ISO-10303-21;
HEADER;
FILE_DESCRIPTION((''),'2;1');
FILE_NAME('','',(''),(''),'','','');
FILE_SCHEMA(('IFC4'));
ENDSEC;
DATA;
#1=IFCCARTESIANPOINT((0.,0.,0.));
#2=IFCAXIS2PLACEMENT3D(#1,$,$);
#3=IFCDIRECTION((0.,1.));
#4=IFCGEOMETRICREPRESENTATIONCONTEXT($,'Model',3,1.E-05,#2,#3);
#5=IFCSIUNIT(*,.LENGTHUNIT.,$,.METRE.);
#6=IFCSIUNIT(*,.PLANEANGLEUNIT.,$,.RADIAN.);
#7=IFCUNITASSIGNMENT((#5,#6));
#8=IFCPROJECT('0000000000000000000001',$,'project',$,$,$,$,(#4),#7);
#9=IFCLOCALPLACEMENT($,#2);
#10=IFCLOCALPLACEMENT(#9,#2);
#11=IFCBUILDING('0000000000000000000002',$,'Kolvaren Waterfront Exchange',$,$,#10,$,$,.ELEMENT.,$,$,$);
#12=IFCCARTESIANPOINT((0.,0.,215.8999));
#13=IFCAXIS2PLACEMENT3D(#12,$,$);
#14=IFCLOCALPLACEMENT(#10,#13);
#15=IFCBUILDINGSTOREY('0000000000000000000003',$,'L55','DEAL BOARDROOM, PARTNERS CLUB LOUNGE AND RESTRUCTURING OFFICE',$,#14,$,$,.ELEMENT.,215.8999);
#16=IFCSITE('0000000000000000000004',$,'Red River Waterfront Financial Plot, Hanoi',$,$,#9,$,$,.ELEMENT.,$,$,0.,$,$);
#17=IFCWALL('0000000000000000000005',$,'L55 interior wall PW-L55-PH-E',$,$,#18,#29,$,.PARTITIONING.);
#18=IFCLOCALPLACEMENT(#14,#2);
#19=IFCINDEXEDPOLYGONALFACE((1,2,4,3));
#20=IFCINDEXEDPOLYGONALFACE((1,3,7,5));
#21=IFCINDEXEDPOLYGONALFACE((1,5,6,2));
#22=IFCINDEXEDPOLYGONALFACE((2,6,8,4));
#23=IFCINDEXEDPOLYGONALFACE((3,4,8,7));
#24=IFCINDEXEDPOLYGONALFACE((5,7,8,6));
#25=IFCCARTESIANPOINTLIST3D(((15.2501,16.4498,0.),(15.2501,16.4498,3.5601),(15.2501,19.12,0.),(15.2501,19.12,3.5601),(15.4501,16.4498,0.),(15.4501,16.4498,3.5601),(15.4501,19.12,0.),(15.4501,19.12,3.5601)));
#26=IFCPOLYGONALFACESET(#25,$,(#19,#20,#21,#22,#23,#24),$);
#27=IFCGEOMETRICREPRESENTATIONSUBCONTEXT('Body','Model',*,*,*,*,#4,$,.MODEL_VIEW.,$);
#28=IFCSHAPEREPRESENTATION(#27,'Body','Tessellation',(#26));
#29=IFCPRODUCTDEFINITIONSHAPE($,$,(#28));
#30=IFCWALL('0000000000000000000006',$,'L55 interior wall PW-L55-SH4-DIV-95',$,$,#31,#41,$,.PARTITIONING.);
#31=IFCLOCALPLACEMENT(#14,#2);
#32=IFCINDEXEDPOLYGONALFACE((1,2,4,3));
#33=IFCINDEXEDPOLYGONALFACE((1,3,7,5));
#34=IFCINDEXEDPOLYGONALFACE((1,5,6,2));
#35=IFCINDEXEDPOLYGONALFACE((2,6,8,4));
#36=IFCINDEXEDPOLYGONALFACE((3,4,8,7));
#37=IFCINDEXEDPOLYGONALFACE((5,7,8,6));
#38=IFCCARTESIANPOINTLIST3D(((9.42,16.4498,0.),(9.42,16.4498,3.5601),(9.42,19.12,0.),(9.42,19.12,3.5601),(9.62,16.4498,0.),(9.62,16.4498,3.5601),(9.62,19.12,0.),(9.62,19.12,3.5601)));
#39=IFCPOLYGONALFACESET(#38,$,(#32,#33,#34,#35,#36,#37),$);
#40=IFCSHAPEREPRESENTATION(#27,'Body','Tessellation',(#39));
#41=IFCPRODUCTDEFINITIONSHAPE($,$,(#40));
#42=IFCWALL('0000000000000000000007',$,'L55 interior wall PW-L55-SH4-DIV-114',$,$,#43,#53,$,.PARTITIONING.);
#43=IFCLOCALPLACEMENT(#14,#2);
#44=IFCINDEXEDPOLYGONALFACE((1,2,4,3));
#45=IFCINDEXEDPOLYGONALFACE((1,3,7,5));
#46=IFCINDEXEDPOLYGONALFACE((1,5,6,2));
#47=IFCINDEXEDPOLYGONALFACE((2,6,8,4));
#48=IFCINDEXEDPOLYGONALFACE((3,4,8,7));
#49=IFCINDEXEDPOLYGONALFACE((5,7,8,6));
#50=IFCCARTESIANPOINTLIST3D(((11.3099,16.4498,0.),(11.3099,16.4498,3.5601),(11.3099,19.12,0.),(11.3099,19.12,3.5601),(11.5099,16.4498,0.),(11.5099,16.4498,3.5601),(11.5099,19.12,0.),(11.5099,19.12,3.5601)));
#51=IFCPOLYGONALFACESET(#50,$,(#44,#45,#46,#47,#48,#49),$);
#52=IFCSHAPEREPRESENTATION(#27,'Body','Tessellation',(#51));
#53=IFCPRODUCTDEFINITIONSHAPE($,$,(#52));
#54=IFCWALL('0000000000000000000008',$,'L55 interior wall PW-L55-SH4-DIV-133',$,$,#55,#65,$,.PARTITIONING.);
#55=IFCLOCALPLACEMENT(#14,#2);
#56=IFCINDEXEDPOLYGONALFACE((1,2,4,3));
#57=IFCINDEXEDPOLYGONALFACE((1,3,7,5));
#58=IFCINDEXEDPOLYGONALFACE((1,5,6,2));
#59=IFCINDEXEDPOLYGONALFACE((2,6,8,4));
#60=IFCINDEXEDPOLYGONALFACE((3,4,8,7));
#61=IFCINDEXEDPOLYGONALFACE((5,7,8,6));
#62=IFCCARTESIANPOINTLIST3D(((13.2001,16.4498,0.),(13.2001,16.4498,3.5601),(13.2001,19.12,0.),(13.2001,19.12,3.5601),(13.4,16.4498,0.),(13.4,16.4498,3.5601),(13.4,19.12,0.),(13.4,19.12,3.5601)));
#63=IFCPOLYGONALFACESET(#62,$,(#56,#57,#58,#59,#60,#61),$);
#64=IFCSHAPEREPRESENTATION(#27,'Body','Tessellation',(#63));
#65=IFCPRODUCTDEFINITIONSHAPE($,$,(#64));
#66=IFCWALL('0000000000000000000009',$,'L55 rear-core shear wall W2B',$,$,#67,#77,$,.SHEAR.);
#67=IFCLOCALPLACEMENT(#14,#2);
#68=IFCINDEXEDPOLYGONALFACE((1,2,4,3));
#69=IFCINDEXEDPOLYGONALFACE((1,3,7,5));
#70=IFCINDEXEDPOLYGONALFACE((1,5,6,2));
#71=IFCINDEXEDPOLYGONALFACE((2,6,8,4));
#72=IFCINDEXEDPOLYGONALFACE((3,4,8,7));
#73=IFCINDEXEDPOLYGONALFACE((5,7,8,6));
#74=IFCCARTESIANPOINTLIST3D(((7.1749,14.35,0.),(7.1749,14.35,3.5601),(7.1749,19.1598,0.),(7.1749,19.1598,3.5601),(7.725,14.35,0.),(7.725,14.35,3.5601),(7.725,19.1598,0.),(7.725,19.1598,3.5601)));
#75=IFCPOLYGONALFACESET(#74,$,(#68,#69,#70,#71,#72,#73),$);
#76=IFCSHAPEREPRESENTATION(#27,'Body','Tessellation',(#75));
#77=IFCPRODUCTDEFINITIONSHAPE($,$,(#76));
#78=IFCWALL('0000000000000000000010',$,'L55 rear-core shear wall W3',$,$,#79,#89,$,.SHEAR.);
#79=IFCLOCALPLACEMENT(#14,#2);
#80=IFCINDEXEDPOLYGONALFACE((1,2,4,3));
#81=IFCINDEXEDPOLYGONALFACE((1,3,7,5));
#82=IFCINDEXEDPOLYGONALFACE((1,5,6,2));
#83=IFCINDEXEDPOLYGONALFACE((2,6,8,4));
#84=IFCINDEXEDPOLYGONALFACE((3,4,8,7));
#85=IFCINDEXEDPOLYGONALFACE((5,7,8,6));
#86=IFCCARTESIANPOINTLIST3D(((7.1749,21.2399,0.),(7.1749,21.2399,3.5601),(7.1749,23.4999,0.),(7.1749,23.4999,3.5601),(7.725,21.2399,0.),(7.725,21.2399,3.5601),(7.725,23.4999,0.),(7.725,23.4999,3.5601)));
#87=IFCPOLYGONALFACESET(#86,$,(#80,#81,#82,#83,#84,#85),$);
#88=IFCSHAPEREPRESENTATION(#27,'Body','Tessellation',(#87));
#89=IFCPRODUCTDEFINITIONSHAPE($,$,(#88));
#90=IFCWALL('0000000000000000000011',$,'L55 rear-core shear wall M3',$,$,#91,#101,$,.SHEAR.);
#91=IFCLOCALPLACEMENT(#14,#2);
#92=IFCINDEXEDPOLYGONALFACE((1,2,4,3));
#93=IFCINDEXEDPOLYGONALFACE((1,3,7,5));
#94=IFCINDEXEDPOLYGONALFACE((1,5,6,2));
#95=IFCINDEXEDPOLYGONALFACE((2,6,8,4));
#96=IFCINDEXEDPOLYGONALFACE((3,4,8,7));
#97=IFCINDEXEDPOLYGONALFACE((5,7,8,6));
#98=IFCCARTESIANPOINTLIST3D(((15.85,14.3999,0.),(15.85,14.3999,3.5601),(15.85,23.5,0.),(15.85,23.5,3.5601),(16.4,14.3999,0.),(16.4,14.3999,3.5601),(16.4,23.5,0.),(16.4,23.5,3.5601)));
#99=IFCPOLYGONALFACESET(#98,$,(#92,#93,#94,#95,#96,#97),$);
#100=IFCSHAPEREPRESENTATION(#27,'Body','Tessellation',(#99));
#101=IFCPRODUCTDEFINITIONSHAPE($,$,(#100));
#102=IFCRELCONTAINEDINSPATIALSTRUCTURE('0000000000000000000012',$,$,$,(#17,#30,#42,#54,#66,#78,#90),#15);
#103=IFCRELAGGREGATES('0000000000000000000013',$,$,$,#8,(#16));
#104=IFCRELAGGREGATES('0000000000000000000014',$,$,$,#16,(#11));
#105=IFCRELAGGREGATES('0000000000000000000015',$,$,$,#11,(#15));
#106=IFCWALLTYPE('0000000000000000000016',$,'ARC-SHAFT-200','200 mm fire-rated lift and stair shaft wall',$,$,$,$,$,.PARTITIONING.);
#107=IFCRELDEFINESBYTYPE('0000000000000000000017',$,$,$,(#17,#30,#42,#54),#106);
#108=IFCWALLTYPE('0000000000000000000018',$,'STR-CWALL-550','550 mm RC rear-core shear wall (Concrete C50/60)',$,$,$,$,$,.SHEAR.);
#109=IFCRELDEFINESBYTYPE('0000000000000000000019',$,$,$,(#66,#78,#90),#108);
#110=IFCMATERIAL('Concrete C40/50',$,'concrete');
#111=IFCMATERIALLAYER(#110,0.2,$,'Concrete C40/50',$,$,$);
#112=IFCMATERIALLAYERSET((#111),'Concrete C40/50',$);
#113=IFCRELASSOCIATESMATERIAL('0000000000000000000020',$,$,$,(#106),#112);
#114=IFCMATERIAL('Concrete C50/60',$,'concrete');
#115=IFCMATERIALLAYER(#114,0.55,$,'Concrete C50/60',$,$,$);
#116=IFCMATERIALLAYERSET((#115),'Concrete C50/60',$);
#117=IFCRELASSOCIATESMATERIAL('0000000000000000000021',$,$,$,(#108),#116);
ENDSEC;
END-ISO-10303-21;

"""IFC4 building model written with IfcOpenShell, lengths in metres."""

from ifc_helpers import new_model, si_unit, direction, frame, frame_2d, origin, place, context, subcontext, project, spatial, rectangle, extrude, material, layer, layer_set, type_object, element, save


model = new_model("IFC4")

# Units and contexts
model_context = context("Model", 3, precision=1e-05, world=origin(), true_north=direction((0.0, 1.0)))
body_context = subcontext(model_context, "Body", "Model", "MODEL_VIEW")
ifc_project = project(units=[si_unit("LENGTHUNIT", "METRE"), si_unit("PLANEANGLEUNIT", "RADIAN")], contexts=[model_context])

# Site, building, storey
site_placement = place(None, origin())
site = spatial("IfcSite", under=ifc_project, at=site_placement, Name="Red River Waterfront Financial Plot, Hanoi", CompositionType="ELEMENT", RefElevation=0.0)
building_placement = place(site_placement, origin())
building = spatial("IfcBuilding", under=site, at=building_placement, Name="Kolvaren Waterfront Exchange", CompositionType="ELEMENT")
storey_placement = place(building_placement, frame((0.0, 0.0, 215.8999)))
storey = spatial("IfcBuildingStorey", under=building, at=storey_placement, Name="L55", Description="DEAL BOARDROOM, PARTNERS CLUB LOUNGE AND RESTRUCTURING OFFICE", CompositionType="ELEMENT", Elevation=215.8999)

# Walls
ifc_material_1 = material(Name="Concrete C40/50", Category="concrete")
ifc_layer_1 = layer(ifc_material_1, 0.2, Name="Concrete C40/50")
ifc_layer_set_1 = layer_set([ifc_layer_1], Name="Concrete C40/50")
wall_type_1 = type_object("IfcWallType", Name="ARC-SHAFT-200", Description="200 mm fire-rated lift and stair shaft wall", PredefinedType="PARTITIONING", material=ifc_layer_set_1)
for number, where, z_axis, x_axis, name in (
    (1, (15.3501, 16.45, 0.0), (0.0, 0.0, 1.0), (0.0, 1.0, 0.0), "L55 interior wall PW-L55-PH-E"),
    (2, (9.52, 16.45, 0.0), (0.0, 0.0, 1.0), (0.0, 1.0, 0.0), "L55 interior wall PW-L55-SH4-DIV-95"),
    (3, (11.4099, 16.45, 0.0), (0.0, 0.0, 1.0), (0.0, 1.0, 0.0), "L55 interior wall PW-L55-SH4-DIV-114"),
    (4, (13.3, 16.45, 0.0), (0.0, 0.0, 1.0), (0.0, 1.0, 0.0), "L55 interior wall PW-L55-SH4-DIV-133"),
):
    element("IfcWall", number, at=place(storey_placement, frame(where, z_axis=z_axis, x_axis=x_axis)), inside=storey, type_object=wall_type_1, Name=name, PredefinedType="PARTITIONING", context=body_context, shape_type="SweptSolid", body=[
        extrude(rectangle(XDim=2.6702, YDim=0.2, at=frame_2d((1.335, 0.0))), origin(), (0.0, 0.0, 1.0), 3.5601),
    ])
ifc_material_2 = material(Name="Concrete C50/60", Category="concrete")
ifc_layer_2 = layer(ifc_material_2, 0.55, Name="Concrete C50/60")
ifc_layer_set_2 = layer_set([ifc_layer_2], Name="Concrete C50/60")
wall_type_2 = type_object("IfcWallType", Name="STR-CWALL-550", Description="550 mm RC rear-core shear wall (Concrete C50/60)", PredefinedType="SHEAR", material=ifc_layer_set_2)
wall_1_placement = place(storey_placement, frame((7.45, 14.3501, 0.0), z_axis=(0.0, 0.0, 1.0), x_axis=(0.0, 1.0, 0.0)))
element("IfcWall", 5, at=wall_1_placement, inside=storey, type_object=wall_type_2, Name="L55 rear-core shear wall W2B", PredefinedType="SHEAR", context=body_context, shape_type="SweptSolid", body=[
    extrude(rectangle(XDim=4.8098, YDim=0.55, at=frame_2d((2.4048, 0.0))), origin(), (0.0, 0.0, 1.0), 3.5601),
])
wall_2_placement = place(storey_placement, frame((7.45, 21.24, 0.0), z_axis=(0.0, 0.0, 1.0), x_axis=(0.0, 1.0, 0.0)))
element("IfcWall", 6, at=wall_2_placement, inside=storey, type_object=wall_type_2, Name="L55 rear-core shear wall W3", PredefinedType="SHEAR", context=body_context, shape_type="SweptSolid", body=[
    extrude(rectangle(XDim=2.26, YDim=0.55, at=frame_2d((1.1299, 0.0))), origin(), (0.0, 0.0, 1.0), 3.5601),
])
wall_3_placement = place(storey_placement, frame((16.125, 14.3999, 0.0), z_axis=(0.0, 0.0, 1.0), x_axis=(0.0, 1.0, 0.0)))
element("IfcWall", 7, at=wall_3_placement, inside=storey, type_object=wall_type_2, Name="L55 rear-core shear wall M3", PredefinedType="SHEAR", context=body_context, shape_type="SweptSolid", body=[
    extrude(rectangle(XDim=9.1001, YDim=0.55, at=frame_2d((4.55, 0.0))), origin(), (0.0, 0.0, 1.0), 3.5601),
])

save(model, "model.ifc")
